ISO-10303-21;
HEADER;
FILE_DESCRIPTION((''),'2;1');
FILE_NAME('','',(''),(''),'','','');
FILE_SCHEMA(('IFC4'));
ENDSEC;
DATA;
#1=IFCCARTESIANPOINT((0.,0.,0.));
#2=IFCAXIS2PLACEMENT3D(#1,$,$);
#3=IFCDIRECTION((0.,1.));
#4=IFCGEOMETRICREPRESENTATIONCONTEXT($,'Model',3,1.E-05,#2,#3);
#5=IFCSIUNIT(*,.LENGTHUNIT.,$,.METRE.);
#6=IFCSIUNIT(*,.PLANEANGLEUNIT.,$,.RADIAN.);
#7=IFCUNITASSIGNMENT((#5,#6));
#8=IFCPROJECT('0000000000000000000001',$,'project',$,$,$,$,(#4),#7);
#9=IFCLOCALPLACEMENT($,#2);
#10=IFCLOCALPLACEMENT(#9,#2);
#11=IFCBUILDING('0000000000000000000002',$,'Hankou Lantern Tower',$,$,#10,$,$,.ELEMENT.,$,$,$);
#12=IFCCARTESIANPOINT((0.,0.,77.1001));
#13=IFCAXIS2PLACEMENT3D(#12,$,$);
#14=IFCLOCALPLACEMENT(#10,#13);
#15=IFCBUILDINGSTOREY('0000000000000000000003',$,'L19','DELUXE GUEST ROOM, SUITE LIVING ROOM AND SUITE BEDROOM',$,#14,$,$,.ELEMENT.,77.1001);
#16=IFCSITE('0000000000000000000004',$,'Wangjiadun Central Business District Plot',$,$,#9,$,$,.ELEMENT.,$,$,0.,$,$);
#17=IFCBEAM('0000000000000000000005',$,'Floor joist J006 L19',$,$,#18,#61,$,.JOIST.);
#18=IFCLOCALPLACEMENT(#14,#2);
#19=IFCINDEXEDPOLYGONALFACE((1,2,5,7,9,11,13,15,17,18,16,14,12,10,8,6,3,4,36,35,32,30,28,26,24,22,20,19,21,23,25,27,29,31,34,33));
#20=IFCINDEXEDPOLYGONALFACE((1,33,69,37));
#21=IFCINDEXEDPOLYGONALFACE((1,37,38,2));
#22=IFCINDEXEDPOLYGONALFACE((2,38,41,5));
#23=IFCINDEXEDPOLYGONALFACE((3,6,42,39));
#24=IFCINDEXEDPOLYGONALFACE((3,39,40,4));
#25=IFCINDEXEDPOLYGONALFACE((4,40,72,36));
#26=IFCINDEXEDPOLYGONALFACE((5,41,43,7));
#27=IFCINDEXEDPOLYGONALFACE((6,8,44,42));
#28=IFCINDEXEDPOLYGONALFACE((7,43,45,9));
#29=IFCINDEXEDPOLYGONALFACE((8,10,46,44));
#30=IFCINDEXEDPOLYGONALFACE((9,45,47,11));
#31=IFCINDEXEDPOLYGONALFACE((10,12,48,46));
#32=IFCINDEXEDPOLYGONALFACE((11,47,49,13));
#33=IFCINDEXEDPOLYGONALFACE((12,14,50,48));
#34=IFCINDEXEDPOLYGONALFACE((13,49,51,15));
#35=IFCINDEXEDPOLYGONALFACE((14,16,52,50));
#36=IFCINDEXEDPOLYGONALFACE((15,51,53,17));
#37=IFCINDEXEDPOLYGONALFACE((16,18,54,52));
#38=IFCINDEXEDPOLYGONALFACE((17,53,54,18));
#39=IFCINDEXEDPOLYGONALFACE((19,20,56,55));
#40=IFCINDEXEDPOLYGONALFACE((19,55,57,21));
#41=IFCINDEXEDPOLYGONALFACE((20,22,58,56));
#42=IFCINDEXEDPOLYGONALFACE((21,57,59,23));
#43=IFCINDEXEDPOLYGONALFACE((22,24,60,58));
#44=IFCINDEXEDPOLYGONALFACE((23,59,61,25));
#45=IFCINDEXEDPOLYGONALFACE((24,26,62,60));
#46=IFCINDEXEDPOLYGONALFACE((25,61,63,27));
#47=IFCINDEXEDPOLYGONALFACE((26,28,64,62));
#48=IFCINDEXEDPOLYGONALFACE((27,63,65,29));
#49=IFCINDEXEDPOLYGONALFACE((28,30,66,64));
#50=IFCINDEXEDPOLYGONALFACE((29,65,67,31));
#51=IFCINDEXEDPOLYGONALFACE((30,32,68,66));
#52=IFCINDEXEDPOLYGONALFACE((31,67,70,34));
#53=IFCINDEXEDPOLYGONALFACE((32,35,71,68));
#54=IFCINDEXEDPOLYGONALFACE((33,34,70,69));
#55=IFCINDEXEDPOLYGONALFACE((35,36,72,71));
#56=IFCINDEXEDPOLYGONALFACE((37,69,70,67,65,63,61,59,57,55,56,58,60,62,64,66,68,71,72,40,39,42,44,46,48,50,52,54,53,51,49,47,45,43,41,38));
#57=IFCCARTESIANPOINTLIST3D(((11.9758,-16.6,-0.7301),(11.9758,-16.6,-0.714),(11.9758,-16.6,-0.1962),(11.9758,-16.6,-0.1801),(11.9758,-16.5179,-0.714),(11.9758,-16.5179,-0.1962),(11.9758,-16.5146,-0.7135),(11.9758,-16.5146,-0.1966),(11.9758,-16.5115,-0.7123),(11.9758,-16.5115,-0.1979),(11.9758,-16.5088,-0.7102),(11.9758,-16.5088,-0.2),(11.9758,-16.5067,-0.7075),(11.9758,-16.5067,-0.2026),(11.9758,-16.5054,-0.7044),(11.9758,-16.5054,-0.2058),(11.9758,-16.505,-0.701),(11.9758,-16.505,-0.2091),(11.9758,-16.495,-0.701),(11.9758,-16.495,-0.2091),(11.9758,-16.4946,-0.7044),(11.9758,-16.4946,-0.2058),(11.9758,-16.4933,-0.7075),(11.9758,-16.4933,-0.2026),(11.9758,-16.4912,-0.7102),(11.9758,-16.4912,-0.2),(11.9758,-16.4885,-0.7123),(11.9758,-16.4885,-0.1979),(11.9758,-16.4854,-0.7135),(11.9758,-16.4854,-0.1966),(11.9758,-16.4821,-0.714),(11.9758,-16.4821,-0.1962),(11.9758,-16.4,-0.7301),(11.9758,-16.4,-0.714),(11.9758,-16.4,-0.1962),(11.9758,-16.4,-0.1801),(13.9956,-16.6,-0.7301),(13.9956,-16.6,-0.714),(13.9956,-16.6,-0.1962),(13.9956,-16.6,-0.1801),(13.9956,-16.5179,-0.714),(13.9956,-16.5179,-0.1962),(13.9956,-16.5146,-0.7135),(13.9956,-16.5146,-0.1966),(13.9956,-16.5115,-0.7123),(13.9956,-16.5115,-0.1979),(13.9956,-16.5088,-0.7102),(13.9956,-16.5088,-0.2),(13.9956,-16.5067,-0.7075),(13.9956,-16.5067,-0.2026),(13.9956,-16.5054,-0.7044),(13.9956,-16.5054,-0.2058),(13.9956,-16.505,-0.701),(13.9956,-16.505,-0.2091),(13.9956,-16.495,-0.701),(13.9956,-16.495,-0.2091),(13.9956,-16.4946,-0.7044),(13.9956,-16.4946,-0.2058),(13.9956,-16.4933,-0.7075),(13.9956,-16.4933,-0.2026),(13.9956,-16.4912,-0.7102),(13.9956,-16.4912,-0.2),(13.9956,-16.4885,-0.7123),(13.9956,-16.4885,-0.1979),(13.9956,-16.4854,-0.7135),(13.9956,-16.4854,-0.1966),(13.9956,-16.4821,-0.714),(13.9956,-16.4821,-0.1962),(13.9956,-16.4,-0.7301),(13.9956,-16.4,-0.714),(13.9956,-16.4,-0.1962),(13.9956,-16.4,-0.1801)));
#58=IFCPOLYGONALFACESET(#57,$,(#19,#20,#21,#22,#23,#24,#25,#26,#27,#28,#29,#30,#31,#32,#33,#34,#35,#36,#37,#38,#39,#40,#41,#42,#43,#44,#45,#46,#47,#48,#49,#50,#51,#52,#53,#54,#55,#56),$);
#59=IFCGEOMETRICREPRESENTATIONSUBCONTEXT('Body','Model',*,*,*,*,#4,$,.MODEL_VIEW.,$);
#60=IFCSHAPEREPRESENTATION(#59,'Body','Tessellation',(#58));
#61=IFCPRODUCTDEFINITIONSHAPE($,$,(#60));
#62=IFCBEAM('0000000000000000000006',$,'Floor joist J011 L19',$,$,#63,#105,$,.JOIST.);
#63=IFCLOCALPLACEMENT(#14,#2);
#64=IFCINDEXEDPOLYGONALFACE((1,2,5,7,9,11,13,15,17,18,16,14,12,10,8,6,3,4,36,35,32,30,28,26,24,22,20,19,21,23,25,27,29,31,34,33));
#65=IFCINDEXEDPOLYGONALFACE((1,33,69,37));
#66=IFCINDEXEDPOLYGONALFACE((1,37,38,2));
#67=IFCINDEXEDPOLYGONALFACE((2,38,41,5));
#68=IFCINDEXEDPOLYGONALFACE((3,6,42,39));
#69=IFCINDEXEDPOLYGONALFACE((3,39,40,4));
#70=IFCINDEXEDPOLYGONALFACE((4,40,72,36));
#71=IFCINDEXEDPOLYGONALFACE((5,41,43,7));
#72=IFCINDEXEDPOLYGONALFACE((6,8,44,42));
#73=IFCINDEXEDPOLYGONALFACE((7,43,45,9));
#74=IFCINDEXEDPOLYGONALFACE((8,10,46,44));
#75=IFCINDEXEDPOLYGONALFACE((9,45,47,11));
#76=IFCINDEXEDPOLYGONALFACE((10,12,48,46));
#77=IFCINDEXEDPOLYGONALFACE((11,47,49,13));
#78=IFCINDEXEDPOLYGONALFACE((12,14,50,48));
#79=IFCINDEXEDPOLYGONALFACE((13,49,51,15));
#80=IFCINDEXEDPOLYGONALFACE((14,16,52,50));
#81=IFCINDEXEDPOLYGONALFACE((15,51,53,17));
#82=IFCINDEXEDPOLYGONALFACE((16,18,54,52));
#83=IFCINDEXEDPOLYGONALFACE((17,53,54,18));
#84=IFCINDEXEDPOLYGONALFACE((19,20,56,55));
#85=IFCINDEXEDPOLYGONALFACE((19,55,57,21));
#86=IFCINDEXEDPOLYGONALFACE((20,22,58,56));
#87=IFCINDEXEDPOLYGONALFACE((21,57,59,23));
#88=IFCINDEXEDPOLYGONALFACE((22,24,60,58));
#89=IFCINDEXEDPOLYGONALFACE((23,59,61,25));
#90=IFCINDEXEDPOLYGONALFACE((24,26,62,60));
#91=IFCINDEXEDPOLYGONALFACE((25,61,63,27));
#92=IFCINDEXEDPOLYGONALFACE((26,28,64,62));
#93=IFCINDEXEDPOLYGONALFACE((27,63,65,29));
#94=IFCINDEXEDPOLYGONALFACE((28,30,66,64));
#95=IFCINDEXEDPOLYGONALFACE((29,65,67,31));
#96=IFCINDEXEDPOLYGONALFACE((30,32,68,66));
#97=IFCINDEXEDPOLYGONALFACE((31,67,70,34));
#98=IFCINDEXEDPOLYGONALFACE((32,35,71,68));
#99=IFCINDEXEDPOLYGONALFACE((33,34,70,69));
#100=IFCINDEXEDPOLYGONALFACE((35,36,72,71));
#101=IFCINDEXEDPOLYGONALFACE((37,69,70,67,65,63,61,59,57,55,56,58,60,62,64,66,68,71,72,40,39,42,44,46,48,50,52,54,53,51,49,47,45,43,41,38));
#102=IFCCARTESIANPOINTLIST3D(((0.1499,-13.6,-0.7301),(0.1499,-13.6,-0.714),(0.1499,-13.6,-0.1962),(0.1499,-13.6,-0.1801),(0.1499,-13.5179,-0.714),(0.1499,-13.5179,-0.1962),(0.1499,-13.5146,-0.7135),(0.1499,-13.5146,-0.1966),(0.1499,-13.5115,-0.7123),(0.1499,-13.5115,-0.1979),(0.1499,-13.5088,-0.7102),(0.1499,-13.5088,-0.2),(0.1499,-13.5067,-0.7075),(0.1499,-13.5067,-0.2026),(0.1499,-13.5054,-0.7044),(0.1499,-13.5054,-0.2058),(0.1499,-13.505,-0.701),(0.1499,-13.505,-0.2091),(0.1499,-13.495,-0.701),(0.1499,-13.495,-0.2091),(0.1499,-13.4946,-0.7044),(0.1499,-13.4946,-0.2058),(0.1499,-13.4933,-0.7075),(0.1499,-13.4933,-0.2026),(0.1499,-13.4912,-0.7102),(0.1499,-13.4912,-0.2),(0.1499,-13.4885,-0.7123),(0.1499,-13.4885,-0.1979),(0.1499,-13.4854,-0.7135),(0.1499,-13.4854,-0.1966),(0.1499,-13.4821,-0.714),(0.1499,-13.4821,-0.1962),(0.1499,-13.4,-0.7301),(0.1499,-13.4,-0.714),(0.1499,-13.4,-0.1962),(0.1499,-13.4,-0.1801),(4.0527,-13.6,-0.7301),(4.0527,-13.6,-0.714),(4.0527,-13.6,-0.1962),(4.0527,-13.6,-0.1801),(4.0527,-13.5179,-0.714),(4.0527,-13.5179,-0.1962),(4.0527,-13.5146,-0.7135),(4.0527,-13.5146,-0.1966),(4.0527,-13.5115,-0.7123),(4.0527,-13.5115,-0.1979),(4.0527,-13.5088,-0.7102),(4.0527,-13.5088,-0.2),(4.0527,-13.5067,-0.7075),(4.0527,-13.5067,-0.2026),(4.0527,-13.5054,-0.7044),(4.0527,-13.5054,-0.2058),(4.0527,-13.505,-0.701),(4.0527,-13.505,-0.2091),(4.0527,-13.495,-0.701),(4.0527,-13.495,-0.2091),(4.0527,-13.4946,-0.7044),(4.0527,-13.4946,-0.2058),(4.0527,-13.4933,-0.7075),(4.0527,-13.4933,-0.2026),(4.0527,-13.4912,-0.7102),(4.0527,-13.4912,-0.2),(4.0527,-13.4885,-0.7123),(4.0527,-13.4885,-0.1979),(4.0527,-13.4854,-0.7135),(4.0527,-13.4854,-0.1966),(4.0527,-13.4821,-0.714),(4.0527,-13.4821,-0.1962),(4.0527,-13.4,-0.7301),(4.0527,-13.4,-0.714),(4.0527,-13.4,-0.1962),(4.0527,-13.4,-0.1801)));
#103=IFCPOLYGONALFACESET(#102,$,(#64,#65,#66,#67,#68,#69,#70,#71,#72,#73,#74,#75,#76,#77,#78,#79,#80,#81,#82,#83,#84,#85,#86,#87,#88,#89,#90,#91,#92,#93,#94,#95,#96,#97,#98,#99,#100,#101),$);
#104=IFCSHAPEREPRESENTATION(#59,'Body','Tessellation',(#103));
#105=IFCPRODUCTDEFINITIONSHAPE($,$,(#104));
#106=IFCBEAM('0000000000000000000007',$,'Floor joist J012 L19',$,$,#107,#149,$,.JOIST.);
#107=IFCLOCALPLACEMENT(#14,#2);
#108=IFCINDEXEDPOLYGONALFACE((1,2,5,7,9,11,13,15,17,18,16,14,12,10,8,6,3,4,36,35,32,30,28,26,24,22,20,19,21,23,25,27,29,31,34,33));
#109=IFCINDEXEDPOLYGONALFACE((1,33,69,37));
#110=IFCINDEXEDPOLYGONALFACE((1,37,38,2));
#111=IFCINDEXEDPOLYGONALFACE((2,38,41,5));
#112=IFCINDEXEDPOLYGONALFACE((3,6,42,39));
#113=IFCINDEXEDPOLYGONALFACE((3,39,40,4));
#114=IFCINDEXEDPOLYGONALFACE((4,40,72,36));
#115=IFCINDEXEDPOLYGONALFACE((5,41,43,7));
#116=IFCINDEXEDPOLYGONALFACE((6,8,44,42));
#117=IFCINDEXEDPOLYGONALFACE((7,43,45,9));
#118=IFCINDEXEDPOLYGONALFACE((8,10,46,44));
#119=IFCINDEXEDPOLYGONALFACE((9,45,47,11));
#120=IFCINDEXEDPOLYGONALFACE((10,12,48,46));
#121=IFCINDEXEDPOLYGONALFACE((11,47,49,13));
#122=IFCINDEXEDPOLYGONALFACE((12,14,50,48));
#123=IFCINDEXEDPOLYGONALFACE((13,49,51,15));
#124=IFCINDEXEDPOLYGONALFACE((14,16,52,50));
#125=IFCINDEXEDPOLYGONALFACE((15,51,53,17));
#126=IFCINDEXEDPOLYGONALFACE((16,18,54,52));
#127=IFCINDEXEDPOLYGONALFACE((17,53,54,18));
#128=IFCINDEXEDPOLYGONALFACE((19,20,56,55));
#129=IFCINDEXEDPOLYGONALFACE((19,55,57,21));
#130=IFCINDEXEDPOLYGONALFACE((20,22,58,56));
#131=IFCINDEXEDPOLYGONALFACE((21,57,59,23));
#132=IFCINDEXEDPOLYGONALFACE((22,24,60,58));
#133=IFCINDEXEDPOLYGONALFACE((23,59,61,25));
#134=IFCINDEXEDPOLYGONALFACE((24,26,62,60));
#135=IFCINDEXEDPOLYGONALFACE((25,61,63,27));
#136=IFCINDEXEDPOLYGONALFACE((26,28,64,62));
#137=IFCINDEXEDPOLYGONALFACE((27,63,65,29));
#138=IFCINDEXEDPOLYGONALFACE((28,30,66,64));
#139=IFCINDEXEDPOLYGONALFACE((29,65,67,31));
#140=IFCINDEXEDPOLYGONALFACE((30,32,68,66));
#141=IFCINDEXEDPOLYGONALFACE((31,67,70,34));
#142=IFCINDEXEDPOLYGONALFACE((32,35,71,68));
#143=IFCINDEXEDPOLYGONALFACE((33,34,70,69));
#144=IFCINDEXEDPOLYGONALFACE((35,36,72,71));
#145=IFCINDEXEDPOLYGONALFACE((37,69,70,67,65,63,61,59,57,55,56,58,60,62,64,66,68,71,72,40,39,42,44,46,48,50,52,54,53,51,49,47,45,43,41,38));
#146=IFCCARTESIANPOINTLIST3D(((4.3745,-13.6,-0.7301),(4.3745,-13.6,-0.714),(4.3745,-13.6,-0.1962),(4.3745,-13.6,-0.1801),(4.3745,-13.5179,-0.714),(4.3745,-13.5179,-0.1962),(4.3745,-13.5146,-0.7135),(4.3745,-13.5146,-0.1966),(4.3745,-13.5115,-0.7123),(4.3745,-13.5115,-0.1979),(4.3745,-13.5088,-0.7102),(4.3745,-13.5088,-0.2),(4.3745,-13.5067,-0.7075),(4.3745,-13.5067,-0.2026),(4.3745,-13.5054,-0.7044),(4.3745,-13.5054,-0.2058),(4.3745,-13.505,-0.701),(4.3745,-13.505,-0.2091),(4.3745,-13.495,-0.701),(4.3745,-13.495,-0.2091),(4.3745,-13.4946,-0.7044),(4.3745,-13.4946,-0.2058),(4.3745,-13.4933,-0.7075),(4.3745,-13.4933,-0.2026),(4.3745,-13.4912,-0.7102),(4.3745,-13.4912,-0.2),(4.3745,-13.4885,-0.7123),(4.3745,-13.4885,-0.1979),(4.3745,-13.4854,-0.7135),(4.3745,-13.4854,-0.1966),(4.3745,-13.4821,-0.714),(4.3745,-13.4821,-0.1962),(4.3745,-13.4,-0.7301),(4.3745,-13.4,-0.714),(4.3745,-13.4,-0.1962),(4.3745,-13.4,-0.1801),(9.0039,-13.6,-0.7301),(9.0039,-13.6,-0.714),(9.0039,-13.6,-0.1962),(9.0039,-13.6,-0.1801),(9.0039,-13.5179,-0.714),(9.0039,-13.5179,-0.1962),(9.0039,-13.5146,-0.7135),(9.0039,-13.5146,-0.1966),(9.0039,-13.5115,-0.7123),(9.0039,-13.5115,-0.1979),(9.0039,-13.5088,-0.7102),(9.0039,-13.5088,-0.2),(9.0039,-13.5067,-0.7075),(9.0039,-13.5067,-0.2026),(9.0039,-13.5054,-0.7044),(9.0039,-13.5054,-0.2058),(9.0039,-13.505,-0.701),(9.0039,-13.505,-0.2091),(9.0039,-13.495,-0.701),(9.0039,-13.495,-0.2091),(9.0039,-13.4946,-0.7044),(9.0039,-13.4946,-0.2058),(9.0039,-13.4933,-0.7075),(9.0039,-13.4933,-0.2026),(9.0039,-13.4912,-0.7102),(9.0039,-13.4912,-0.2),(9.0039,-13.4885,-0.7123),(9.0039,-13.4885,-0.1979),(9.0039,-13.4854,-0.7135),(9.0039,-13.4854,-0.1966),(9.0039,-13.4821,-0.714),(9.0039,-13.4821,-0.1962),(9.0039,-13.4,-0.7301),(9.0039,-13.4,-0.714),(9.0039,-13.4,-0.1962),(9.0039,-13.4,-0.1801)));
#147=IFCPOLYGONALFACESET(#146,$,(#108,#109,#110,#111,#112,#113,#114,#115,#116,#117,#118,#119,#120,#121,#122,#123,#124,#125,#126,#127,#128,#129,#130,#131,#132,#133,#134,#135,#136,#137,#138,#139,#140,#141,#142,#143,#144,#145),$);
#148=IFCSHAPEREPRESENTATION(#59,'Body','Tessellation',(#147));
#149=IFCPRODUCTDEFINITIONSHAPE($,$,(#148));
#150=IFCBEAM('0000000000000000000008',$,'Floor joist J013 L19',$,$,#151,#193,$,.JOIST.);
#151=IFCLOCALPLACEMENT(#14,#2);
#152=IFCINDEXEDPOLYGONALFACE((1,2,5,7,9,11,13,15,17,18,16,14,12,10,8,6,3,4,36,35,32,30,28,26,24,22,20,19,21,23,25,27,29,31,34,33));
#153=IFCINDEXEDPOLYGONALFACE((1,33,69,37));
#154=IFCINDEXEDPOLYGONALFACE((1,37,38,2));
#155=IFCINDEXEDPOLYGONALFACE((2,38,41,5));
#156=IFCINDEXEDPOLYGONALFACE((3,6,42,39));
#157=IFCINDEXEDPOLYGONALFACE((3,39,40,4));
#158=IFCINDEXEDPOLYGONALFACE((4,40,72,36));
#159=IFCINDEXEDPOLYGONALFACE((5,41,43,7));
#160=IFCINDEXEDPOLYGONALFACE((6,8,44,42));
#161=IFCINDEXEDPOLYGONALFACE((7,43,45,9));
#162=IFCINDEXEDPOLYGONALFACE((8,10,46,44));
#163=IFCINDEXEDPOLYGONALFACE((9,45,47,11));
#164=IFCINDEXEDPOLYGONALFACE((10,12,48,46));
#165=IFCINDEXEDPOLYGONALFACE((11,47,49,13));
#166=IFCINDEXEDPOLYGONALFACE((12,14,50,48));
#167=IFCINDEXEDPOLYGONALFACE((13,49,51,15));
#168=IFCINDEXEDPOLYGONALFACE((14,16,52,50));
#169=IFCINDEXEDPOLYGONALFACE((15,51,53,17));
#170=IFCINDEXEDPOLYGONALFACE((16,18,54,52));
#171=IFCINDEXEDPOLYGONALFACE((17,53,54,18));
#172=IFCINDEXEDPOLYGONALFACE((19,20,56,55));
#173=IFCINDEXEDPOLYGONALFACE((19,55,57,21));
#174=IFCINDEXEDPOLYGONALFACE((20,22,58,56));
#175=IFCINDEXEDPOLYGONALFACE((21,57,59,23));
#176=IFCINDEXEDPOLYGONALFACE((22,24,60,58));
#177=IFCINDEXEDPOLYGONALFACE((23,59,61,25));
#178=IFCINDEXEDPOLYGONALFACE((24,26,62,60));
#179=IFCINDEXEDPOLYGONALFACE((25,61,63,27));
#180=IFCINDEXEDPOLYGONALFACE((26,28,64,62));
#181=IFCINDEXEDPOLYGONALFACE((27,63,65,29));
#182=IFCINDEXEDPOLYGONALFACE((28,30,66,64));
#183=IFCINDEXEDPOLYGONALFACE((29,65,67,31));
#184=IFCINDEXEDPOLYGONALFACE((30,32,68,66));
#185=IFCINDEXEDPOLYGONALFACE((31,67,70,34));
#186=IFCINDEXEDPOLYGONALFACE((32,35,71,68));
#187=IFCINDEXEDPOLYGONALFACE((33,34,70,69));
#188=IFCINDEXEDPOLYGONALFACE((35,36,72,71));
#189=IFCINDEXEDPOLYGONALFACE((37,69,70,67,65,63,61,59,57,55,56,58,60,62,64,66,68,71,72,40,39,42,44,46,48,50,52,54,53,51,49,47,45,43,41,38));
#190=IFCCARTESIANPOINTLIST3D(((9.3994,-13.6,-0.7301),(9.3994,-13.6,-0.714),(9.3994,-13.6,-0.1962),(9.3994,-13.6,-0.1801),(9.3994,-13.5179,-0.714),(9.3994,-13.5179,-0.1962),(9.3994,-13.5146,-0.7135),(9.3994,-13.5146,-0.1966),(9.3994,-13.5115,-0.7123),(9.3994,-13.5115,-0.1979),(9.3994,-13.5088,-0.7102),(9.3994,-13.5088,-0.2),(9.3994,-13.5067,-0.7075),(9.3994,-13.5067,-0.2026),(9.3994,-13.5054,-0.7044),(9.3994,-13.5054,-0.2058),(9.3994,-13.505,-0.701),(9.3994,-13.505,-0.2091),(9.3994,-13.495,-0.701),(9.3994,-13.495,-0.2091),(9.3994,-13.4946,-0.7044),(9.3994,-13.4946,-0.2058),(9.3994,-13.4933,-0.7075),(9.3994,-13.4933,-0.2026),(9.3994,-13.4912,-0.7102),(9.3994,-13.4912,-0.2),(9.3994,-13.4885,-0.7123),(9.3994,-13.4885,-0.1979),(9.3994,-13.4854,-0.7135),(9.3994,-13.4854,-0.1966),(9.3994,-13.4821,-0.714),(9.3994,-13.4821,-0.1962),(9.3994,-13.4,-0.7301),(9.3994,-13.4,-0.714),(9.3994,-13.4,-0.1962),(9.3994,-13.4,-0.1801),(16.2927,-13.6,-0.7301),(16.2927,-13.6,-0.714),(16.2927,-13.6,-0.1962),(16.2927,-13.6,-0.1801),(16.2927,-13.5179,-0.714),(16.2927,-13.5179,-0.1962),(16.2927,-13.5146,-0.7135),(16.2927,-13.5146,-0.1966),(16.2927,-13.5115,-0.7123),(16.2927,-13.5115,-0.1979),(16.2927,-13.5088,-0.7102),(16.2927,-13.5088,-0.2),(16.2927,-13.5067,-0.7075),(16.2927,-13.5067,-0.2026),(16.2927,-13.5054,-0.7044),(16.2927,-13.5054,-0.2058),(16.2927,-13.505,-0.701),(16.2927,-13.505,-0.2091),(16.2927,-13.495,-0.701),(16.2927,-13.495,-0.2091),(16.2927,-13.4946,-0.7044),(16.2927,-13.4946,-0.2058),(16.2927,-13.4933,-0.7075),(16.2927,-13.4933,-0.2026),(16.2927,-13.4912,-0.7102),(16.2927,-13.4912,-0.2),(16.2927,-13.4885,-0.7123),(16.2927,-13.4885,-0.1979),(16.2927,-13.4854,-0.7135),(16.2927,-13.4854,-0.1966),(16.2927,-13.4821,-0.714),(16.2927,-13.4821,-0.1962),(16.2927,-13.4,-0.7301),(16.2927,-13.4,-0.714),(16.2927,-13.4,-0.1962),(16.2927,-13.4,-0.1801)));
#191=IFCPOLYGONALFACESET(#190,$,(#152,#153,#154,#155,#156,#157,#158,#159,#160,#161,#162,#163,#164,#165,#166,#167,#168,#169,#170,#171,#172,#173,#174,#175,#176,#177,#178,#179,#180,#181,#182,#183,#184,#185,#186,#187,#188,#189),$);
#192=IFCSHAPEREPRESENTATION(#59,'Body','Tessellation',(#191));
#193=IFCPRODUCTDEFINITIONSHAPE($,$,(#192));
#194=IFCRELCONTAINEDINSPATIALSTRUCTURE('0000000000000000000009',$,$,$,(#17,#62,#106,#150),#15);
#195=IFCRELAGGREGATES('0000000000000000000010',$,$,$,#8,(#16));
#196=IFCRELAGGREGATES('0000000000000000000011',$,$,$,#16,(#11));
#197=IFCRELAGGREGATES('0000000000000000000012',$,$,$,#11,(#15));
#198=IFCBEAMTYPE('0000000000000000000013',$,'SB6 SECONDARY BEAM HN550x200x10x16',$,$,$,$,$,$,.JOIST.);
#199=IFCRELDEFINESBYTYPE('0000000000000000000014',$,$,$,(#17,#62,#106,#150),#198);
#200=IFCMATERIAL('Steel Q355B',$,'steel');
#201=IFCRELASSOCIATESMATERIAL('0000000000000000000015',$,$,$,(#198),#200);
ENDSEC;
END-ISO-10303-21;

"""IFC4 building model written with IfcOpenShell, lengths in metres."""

from ifc_helpers import new_model, si_unit, direction, frame, origin, origin_2d, place, context, subcontext, project, spatial, i_section, extrude, material, material_profile, profile_set, type_object, element, save


model = new_model("IFC4")

# Units and contexts
model_context = context("Model", 3, precision=1e-05, world=origin(), true_north=direction((0.0, 1.0)))
body_context = subcontext(model_context, "Body", "Model", "MODEL_VIEW")
ifc_project = project(units=[si_unit("LENGTHUNIT", "METRE"), si_unit("PLANEANGLEUNIT", "RADIAN")], contexts=[model_context])

# Site, building, storey
site_placement = place(None, origin())
site = spatial("IfcSite", under=ifc_project, at=site_placement, Name="Wangjiadun Central Business District Plot", CompositionType="ELEMENT", RefElevation=0.0)
building_placement = place(site_placement, origin())
building = spatial("IfcBuilding", under=site, at=building_placement, Name="Hankou Lantern Tower", CompositionType="ELEMENT")
storey_placement = place(building_placement, frame((0.0, 0.0, 77.1001)))
storey = spatial("IfcBuildingStorey", under=building, at=storey_placement, Name="L19", Description="DELUXE GUEST ROOM, SUITE LIVING ROOM AND SUITE BEDROOM", CompositionType="ELEMENT", Elevation=77.1001)

# Beams
ifc_material_1 = material(Name="Steel Q355B", Category="steel")
ifc_material_profile_1 = material_profile(ifc_material_1, i_section(OverallWidth=0.2, OverallDepth=0.55, WebThickness=0.01, FlangeThickness=0.0161, FilletRadius=0.0129, at=origin_2d()), Name="HN550x200x10x16")
ifc_profile_set_1 = profile_set([ifc_material_profile_1], Name="Steel Q355B")
beam_type_1 = type_object("IfcBeamType", Name="SB6 SECONDARY BEAM HN550x200x10x16", PredefinedType="JOIST", material=ifc_profile_set_1)
beam_1_placement = place(storey_placement, frame((11.9758, -16.5, -0.4551), z_axis=(1.0, 0.0, 0.0), x_axis=(0.0, 1.0, 0.0)))
element("IfcBeam", 1, at=beam_1_placement, inside=storey, type_object=beam_type_1, Name="Floor joist J006 L19", PredefinedType="JOIST", context=body_context, shape_type="SweptSolid", body=[
    extrude(i_section(OverallWidth=0.2, OverallDepth=0.55, WebThickness=0.01, FlangeThickness=0.0161, FilletRadius=0.0129, at=origin_2d()), origin(), (0.0, 0.0, 1.0), 2.0198),
])
beam_2_placement = place(storey_placement, frame((0.1499, -13.5, -0.4551), z_axis=(1.0, 0.0, 0.0), x_axis=(0.0, 1.0, 0.0)))
element("IfcBeam", 2, at=beam_2_placement, inside=storey, type_object=beam_type_1, Name="Floor joist J011 L19", PredefinedType="JOIST", context=body_context, shape_type="SweptSolid", body=[
    extrude(i_section(OverallWidth=0.2, OverallDepth=0.55, WebThickness=0.01, FlangeThickness=0.0161, FilletRadius=0.0129, at=origin_2d()), origin(), (0.0, 0.0, 1.0), 3.9028),
])
beam_3_placement = place(storey_placement, frame((4.3745, -13.5, -0.4551), z_axis=(1.0, 0.0, 0.0), x_axis=(0.0, 1.0, 0.0)))
element("IfcBeam", 3, at=beam_3_placement, inside=storey, type_object=beam_type_1, Name="Floor joist J012 L19", PredefinedType="JOIST", context=body_context, shape_type="SweptSolid", body=[
    extrude(i_section(OverallWidth=0.2, OverallDepth=0.55, WebThickness=0.01, FlangeThickness=0.0161, FilletRadius=0.0129, at=origin_2d()), origin(), (0.0, 0.0, 1.0), 4.6294),
])
beam_4_placement = place(storey_placement, frame((9.3994, -13.5, -0.4551), z_axis=(1.0, 0.0, 0.0), x_axis=(0.0, 1.0, 0.0)))
element("IfcBeam", 4, at=beam_4_placement, inside=storey, type_object=beam_type_1, Name="Floor joist J013 L19", PredefinedType="JOIST", context=body_context, shape_type="SweptSolid", body=[
    extrude(i_section(OverallWidth=0.2, OverallDepth=0.55, WebThickness=0.01, FlangeThickness=0.0161, FilletRadius=0.0129, at=origin_2d()), origin(), (0.0, 0.0, 1.0), 6.8933),
])

save(model, "model.ifc")
